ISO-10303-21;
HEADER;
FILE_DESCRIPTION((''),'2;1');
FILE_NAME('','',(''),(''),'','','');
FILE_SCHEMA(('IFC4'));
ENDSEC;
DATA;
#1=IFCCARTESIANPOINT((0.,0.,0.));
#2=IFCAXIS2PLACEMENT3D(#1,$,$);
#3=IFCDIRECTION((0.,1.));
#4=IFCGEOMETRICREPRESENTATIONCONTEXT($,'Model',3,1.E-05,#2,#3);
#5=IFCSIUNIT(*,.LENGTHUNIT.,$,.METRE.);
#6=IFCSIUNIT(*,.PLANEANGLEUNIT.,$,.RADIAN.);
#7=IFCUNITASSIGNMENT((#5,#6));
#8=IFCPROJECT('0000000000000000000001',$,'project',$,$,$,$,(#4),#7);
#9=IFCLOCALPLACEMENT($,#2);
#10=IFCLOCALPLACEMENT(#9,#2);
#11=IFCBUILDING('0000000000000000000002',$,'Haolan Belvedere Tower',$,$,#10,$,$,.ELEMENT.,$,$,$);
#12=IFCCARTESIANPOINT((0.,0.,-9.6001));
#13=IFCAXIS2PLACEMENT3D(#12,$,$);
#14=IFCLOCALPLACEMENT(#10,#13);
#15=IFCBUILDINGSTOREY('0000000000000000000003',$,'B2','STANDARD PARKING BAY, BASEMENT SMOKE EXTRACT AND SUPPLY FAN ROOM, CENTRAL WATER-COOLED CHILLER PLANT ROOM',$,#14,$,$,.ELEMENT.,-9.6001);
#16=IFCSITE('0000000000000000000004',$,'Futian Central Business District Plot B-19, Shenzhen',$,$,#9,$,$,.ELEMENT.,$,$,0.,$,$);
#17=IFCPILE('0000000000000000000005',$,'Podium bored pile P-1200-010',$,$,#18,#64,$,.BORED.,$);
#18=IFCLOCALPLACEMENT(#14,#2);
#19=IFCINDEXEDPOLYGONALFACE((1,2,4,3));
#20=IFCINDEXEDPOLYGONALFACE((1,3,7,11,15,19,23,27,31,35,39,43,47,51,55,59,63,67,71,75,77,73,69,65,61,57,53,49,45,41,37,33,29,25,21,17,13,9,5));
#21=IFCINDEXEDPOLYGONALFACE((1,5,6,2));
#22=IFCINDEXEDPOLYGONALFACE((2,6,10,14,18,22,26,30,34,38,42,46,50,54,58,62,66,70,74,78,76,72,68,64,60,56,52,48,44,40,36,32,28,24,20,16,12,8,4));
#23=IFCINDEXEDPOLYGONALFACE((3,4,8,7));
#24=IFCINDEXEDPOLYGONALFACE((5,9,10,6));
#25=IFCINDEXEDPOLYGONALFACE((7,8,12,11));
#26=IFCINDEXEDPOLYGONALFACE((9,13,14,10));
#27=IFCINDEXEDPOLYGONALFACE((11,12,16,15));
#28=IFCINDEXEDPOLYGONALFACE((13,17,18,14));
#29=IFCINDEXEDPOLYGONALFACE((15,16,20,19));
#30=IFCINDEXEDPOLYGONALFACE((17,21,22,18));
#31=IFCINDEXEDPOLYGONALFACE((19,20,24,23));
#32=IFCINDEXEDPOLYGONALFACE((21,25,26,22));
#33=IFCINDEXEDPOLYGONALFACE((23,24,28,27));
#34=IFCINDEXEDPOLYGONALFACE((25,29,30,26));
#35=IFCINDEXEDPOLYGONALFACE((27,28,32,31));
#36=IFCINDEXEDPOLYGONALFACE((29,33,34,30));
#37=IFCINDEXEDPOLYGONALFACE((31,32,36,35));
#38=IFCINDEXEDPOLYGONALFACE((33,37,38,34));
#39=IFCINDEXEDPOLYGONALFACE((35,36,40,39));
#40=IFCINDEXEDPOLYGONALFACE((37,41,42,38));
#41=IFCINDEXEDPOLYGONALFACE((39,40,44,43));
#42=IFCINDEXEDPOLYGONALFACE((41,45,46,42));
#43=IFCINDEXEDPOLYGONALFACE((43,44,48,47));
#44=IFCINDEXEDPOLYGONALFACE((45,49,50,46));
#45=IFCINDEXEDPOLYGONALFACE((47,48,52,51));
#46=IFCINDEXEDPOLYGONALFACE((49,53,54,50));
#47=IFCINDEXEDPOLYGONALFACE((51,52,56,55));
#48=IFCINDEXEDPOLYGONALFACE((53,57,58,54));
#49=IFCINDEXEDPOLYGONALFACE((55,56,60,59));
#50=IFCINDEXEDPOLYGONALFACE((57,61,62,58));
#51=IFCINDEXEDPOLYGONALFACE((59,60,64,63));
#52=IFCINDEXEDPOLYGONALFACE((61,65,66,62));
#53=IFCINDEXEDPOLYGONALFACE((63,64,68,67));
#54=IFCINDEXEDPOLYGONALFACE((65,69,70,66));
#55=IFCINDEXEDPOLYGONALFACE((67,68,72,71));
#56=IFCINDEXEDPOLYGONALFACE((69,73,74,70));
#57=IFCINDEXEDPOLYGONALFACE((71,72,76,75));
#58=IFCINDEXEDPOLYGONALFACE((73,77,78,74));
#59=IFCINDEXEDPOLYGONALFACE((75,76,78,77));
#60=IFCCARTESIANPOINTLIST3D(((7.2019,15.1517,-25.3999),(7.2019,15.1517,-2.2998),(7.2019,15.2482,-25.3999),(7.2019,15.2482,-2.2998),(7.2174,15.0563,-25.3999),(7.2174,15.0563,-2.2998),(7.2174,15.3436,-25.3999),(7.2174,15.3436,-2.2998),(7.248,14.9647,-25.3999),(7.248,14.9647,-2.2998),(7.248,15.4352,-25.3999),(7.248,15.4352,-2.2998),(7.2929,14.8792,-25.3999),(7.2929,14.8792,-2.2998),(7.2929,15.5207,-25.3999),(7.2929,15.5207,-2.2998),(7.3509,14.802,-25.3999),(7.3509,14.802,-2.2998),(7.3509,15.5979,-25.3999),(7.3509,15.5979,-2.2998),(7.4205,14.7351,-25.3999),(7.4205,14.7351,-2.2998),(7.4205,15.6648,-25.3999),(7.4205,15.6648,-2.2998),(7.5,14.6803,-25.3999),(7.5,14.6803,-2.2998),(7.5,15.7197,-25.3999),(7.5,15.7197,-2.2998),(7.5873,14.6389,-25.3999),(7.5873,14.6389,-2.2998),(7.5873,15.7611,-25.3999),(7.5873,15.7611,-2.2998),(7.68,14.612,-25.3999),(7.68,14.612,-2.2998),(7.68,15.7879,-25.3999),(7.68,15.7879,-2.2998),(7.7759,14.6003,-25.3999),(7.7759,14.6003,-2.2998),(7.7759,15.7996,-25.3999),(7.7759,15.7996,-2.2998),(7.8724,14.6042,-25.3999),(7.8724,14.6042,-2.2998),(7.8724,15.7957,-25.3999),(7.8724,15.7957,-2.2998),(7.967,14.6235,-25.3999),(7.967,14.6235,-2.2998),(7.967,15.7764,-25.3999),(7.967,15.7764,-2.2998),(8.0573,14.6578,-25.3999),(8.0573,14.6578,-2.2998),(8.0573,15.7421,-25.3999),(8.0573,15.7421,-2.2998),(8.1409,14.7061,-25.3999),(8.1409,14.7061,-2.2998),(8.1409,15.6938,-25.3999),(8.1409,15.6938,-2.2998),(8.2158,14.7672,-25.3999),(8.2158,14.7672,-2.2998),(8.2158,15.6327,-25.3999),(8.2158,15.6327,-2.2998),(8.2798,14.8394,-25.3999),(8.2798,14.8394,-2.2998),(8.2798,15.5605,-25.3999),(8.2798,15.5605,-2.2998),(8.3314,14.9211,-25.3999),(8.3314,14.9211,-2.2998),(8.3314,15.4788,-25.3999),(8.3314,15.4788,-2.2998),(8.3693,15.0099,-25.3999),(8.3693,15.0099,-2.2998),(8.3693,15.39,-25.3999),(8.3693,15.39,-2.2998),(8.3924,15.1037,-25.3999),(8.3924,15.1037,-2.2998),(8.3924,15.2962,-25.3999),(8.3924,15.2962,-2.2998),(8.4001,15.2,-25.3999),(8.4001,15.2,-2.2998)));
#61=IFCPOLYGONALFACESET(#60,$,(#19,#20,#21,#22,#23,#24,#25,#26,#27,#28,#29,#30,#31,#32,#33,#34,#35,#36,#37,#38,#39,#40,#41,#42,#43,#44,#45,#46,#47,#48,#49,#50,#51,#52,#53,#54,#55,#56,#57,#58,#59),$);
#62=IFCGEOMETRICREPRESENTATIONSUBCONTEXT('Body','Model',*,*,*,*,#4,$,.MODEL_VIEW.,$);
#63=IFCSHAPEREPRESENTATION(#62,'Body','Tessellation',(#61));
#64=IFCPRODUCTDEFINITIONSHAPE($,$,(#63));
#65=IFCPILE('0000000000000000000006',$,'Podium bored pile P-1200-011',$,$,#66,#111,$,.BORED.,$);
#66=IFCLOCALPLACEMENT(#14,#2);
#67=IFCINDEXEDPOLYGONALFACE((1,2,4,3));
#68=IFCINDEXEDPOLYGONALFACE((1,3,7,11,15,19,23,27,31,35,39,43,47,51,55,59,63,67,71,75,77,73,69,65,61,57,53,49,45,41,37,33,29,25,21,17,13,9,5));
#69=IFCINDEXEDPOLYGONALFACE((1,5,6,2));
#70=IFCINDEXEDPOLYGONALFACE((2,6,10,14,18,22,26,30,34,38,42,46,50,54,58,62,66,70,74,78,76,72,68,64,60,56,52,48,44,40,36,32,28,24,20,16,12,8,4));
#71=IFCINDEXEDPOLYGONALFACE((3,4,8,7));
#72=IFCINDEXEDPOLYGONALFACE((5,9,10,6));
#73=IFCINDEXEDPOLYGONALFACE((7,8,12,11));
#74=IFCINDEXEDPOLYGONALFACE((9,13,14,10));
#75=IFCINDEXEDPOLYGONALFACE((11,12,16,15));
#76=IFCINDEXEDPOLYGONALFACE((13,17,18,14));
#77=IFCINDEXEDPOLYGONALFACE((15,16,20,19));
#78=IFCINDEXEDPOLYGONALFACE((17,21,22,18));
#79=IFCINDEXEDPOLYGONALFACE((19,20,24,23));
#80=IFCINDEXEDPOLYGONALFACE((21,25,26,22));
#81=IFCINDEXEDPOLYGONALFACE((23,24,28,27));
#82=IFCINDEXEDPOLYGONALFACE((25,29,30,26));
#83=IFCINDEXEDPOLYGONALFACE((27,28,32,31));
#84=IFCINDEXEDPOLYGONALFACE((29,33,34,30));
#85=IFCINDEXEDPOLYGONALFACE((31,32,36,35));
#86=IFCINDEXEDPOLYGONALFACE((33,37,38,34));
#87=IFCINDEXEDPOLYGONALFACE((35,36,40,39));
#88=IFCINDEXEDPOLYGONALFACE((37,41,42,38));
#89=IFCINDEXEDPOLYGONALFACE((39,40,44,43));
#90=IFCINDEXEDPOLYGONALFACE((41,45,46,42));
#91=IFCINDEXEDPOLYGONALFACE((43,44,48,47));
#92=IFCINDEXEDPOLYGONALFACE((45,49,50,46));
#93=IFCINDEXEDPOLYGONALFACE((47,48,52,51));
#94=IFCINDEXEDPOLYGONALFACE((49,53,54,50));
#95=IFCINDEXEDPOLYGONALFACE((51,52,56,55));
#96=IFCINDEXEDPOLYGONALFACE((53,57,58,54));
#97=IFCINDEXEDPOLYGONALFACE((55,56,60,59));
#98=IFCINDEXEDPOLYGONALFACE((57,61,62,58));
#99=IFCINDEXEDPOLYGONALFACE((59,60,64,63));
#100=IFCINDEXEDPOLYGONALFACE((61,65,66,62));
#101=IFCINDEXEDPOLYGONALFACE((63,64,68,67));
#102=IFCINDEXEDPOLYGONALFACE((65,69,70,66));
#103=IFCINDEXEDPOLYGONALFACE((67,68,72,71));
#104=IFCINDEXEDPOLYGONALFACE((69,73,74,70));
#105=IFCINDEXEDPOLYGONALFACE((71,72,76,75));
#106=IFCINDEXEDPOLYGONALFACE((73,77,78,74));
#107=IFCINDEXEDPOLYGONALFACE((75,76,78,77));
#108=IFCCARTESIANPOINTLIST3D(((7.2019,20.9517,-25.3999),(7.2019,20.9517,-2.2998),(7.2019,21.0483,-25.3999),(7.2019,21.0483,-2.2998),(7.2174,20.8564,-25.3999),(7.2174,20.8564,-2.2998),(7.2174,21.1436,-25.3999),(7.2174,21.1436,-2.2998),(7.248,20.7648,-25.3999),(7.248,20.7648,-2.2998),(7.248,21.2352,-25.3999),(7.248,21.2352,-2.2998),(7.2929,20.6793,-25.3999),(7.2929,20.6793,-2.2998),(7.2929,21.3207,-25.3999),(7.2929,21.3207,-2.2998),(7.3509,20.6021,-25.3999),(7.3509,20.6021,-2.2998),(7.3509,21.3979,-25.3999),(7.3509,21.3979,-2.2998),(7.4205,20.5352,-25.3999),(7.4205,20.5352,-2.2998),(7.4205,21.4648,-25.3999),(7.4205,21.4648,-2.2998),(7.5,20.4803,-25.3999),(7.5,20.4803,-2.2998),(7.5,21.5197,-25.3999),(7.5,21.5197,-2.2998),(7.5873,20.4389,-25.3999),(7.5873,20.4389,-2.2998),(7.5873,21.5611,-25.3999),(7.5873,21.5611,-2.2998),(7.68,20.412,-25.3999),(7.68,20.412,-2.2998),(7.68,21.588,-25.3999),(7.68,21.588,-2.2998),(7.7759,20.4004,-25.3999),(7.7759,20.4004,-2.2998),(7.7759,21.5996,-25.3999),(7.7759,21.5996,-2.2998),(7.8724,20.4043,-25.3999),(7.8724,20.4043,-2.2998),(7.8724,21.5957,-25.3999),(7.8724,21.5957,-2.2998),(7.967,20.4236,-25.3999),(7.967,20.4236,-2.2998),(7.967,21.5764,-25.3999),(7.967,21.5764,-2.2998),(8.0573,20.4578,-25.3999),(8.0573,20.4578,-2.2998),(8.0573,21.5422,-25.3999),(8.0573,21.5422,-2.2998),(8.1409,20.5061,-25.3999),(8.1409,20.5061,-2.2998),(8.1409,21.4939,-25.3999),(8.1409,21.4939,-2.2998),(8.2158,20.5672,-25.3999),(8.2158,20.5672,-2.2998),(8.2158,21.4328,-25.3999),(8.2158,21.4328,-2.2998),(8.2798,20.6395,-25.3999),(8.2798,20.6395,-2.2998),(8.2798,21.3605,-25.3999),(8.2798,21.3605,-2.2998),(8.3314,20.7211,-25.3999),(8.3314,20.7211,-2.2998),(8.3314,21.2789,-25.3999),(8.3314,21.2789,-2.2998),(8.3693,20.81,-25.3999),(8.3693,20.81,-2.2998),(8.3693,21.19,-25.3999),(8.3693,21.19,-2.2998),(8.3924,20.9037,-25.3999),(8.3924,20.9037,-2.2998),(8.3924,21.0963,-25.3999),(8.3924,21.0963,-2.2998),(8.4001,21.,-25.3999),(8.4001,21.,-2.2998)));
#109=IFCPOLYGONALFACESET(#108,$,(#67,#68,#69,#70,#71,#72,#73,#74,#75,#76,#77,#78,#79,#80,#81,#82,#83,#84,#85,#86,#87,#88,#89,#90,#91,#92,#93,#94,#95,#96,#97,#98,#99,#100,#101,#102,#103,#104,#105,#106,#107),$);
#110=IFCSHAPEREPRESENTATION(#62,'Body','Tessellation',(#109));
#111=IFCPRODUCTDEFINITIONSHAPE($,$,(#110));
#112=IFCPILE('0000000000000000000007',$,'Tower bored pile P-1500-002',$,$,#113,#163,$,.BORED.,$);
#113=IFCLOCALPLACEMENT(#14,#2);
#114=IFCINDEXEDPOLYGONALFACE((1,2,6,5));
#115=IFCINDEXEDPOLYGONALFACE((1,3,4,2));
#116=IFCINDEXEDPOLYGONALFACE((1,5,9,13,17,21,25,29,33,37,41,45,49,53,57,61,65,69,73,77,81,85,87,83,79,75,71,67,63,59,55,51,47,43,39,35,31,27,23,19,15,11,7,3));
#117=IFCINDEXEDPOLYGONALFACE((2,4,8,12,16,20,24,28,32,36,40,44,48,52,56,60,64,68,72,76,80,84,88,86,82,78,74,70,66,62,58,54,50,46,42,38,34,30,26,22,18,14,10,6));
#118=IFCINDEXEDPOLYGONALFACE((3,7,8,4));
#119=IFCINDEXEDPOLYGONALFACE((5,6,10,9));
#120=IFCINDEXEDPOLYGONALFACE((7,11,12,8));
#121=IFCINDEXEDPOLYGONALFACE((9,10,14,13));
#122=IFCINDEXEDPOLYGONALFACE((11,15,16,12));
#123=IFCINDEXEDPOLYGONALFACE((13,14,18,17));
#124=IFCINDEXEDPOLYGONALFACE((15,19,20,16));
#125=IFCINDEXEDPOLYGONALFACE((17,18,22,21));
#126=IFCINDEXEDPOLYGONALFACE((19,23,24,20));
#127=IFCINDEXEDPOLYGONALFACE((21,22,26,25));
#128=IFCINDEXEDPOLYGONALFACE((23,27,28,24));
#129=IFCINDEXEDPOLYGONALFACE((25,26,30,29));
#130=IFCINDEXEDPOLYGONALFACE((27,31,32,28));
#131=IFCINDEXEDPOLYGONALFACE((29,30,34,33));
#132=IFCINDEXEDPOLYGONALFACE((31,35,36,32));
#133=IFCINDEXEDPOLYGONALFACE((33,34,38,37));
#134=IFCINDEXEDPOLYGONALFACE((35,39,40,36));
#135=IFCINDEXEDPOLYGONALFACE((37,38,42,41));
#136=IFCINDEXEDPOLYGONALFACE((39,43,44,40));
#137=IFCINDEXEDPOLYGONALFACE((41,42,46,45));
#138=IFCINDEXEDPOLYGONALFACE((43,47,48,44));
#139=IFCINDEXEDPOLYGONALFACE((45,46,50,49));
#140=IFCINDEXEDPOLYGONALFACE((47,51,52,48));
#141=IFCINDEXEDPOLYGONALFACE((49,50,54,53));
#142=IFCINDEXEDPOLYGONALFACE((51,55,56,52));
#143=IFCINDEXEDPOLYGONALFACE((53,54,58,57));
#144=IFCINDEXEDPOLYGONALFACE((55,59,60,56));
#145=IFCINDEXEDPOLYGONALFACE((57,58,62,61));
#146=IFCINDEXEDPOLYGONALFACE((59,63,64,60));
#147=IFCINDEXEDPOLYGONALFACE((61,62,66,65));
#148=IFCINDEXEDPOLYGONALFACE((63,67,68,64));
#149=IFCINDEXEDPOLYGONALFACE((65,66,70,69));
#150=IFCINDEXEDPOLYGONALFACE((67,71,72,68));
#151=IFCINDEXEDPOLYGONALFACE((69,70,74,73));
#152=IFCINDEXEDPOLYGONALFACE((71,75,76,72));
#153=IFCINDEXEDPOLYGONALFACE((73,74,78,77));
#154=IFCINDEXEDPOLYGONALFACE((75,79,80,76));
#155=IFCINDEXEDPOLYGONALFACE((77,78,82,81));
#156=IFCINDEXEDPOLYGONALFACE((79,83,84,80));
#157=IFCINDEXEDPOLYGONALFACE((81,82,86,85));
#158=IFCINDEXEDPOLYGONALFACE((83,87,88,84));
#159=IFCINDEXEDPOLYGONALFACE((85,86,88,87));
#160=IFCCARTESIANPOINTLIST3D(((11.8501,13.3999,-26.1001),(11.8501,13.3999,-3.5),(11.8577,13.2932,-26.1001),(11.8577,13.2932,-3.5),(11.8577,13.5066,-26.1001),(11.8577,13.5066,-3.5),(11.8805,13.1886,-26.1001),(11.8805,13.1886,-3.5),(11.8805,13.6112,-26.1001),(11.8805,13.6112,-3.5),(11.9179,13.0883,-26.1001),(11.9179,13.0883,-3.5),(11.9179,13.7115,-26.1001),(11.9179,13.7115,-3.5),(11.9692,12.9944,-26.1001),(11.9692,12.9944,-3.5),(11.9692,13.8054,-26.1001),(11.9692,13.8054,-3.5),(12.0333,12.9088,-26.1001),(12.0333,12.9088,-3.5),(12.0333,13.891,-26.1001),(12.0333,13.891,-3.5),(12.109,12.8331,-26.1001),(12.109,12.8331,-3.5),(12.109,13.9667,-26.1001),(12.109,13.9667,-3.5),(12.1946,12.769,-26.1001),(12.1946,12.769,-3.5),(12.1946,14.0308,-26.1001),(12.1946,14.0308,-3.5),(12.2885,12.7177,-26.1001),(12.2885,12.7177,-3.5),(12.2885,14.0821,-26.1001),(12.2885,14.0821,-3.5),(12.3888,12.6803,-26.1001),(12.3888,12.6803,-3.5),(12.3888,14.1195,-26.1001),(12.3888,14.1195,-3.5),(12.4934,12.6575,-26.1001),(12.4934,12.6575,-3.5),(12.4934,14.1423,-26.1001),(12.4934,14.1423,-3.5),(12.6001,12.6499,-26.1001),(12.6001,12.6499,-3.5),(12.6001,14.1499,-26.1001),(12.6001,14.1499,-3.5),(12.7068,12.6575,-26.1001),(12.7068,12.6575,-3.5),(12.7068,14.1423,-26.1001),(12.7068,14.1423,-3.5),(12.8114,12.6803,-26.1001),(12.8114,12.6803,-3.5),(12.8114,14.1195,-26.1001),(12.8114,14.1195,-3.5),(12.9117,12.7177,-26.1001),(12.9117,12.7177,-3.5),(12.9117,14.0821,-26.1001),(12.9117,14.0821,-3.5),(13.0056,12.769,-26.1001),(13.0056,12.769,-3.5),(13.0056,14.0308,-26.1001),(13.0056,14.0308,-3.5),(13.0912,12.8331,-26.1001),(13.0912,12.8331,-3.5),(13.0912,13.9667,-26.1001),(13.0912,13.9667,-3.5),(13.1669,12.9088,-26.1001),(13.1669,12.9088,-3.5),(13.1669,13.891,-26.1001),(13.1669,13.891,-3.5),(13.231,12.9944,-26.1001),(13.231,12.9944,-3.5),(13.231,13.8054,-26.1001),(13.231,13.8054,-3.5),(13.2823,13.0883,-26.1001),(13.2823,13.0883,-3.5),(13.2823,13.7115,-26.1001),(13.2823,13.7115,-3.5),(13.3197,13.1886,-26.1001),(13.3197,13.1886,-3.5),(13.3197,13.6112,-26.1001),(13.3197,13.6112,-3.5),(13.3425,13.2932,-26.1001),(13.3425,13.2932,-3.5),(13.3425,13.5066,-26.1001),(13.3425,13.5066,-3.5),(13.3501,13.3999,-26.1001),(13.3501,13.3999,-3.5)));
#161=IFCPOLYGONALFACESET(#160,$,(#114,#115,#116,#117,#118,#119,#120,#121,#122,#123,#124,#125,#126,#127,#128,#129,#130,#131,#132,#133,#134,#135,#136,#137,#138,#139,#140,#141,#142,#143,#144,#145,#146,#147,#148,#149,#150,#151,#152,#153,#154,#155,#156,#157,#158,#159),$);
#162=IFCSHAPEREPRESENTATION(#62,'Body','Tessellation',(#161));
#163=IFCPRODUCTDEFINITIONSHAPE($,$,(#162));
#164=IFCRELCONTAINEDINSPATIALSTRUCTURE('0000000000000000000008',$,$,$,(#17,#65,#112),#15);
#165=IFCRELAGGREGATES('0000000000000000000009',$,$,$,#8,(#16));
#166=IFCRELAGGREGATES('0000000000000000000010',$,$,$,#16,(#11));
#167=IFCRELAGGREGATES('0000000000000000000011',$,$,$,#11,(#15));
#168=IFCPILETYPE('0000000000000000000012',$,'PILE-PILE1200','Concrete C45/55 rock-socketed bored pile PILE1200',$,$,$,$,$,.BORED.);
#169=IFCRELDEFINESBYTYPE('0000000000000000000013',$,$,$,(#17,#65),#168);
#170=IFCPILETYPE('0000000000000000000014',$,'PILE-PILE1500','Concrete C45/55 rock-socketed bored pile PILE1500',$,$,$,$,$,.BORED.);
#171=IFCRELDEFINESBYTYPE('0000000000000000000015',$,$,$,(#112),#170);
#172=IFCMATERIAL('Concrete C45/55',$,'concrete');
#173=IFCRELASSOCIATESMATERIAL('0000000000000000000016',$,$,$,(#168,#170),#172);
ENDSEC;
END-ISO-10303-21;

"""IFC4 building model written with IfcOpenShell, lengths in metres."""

from ifc_helpers import new_model, si_unit, direction, frame, origin, origin_2d, place, context, subcontext, project, spatial, circle, extrude, material, material_profile, profile_set, type_object, element, save


model = new_model("IFC4")

# Units and contexts
model_context = context("Model", 3, precision=1e-05, world=origin(), true_north=direction((0.0, 1.0)))
body_context = subcontext(model_context, "Body", "Model", "MODEL_VIEW")
ifc_project = project(units=[si_unit("LENGTHUNIT", "METRE"), si_unit("PLANEANGLEUNIT", "RADIAN")], contexts=[model_context])

# Site, building, storey
site_placement = place(None, origin())
site = spatial("IfcSite", under=ifc_project, at=site_placement, Name="Futian Central Business District Plot B-19, Shenzhen", CompositionType="ELEMENT", RefElevation=0.0)
building_placement = place(site_placement, origin())
building = spatial("IfcBuilding", under=site, at=building_placement, Name="Haolan Belvedere Tower", CompositionType="ELEMENT")
storey_placement = place(building_placement, frame((0.0, 0.0, -9.6001)))
storey = spatial("IfcBuildingStorey", under=building, at=storey_placement, Name="B2", Description="STANDARD PARKING BAY, BASEMENT SMOKE EXTRACT AND SUPPLY FAN ROOM, CENTRAL WATER-COOLED CHILLER PLANT ROOM", CompositionType="ELEMENT", Elevation=-9.6001)

# Piles
ifc_material_1 = material(Name="Concrete C45/55", Category="concrete")
ifc_material_profile_1 = material_profile(ifc_material_1, circle(Radius=0.6001, at=origin_2d()), Name="Concrete C45/55")
ifc_profile_set_1 = profile_set([ifc_material_profile_1], Name="Concrete C45/55")
pile_type_1 = type_object("IfcPileType", Name="PILE-PILE1200", Description="Concrete C45/55 rock-socketed bored pile PILE1200", PredefinedType="BORED", material=ifc_profile_set_1)
for number, where, z_axis, x_axis, name in (
    (1, (7.8, 15.2, -2.2998), (0.0, 0.0, -1.0), (1.0, 0.0, 0.0), "Podium bored pile P-1200-010"),
    (2, (7.8, 21.0, -2.2998), (0.0, 0.0, -1.0), (1.0, 0.0, 0.0), "Podium bored pile P-1200-011"),
):
    element("IfcPile", number, at=place(storey_placement, frame(where, z_axis=z_axis, x_axis=x_axis)), inside=storey, type_object=pile_type_1, Name=name, PredefinedType="BORED", context=body_context, shape_type="SweptSolid", body=[
        extrude(circle(Radius=0.6001, at=origin_2d()), origin(), (0.0, 0.0, 1.0), 23.1001),
    ])
ifc_material_profile_2 = material_profile(ifc_material_1, circle(Radius=0.75, at=origin_2d()), Name="Concrete C45/55")
ifc_profile_set_2 = profile_set([ifc_material_profile_2], Name="Concrete C45/55")
pile_type_2 = type_object("IfcPileType", Name="PILE-PILE1500", Description="Concrete C45/55 rock-socketed bored pile PILE1500", PredefinedType="BORED", material=ifc_profile_set_2)
for number, where, z_axis, x_axis, name in (
    (3, (12.6001, 13.3999, -3.5), (0.0, 0.0, -1.0), (1.0, 0.0, 0.0), "Tower bored pile P-1500-002"),
):
    element("IfcPile", number, at=place(storey_placement, frame(where, z_axis=z_axis, x_axis=x_axis)), inside=storey, type_object=pile_type_2, Name=name, PredefinedType="BORED", context=body_context, shape_type="SweptSolid", body=[
        extrude(circle(Radius=0.75, at=origin_2d()), origin(), (0.0, 0.0, 1.0), 22.6001),
    ])

save(model, "model.ifc")
